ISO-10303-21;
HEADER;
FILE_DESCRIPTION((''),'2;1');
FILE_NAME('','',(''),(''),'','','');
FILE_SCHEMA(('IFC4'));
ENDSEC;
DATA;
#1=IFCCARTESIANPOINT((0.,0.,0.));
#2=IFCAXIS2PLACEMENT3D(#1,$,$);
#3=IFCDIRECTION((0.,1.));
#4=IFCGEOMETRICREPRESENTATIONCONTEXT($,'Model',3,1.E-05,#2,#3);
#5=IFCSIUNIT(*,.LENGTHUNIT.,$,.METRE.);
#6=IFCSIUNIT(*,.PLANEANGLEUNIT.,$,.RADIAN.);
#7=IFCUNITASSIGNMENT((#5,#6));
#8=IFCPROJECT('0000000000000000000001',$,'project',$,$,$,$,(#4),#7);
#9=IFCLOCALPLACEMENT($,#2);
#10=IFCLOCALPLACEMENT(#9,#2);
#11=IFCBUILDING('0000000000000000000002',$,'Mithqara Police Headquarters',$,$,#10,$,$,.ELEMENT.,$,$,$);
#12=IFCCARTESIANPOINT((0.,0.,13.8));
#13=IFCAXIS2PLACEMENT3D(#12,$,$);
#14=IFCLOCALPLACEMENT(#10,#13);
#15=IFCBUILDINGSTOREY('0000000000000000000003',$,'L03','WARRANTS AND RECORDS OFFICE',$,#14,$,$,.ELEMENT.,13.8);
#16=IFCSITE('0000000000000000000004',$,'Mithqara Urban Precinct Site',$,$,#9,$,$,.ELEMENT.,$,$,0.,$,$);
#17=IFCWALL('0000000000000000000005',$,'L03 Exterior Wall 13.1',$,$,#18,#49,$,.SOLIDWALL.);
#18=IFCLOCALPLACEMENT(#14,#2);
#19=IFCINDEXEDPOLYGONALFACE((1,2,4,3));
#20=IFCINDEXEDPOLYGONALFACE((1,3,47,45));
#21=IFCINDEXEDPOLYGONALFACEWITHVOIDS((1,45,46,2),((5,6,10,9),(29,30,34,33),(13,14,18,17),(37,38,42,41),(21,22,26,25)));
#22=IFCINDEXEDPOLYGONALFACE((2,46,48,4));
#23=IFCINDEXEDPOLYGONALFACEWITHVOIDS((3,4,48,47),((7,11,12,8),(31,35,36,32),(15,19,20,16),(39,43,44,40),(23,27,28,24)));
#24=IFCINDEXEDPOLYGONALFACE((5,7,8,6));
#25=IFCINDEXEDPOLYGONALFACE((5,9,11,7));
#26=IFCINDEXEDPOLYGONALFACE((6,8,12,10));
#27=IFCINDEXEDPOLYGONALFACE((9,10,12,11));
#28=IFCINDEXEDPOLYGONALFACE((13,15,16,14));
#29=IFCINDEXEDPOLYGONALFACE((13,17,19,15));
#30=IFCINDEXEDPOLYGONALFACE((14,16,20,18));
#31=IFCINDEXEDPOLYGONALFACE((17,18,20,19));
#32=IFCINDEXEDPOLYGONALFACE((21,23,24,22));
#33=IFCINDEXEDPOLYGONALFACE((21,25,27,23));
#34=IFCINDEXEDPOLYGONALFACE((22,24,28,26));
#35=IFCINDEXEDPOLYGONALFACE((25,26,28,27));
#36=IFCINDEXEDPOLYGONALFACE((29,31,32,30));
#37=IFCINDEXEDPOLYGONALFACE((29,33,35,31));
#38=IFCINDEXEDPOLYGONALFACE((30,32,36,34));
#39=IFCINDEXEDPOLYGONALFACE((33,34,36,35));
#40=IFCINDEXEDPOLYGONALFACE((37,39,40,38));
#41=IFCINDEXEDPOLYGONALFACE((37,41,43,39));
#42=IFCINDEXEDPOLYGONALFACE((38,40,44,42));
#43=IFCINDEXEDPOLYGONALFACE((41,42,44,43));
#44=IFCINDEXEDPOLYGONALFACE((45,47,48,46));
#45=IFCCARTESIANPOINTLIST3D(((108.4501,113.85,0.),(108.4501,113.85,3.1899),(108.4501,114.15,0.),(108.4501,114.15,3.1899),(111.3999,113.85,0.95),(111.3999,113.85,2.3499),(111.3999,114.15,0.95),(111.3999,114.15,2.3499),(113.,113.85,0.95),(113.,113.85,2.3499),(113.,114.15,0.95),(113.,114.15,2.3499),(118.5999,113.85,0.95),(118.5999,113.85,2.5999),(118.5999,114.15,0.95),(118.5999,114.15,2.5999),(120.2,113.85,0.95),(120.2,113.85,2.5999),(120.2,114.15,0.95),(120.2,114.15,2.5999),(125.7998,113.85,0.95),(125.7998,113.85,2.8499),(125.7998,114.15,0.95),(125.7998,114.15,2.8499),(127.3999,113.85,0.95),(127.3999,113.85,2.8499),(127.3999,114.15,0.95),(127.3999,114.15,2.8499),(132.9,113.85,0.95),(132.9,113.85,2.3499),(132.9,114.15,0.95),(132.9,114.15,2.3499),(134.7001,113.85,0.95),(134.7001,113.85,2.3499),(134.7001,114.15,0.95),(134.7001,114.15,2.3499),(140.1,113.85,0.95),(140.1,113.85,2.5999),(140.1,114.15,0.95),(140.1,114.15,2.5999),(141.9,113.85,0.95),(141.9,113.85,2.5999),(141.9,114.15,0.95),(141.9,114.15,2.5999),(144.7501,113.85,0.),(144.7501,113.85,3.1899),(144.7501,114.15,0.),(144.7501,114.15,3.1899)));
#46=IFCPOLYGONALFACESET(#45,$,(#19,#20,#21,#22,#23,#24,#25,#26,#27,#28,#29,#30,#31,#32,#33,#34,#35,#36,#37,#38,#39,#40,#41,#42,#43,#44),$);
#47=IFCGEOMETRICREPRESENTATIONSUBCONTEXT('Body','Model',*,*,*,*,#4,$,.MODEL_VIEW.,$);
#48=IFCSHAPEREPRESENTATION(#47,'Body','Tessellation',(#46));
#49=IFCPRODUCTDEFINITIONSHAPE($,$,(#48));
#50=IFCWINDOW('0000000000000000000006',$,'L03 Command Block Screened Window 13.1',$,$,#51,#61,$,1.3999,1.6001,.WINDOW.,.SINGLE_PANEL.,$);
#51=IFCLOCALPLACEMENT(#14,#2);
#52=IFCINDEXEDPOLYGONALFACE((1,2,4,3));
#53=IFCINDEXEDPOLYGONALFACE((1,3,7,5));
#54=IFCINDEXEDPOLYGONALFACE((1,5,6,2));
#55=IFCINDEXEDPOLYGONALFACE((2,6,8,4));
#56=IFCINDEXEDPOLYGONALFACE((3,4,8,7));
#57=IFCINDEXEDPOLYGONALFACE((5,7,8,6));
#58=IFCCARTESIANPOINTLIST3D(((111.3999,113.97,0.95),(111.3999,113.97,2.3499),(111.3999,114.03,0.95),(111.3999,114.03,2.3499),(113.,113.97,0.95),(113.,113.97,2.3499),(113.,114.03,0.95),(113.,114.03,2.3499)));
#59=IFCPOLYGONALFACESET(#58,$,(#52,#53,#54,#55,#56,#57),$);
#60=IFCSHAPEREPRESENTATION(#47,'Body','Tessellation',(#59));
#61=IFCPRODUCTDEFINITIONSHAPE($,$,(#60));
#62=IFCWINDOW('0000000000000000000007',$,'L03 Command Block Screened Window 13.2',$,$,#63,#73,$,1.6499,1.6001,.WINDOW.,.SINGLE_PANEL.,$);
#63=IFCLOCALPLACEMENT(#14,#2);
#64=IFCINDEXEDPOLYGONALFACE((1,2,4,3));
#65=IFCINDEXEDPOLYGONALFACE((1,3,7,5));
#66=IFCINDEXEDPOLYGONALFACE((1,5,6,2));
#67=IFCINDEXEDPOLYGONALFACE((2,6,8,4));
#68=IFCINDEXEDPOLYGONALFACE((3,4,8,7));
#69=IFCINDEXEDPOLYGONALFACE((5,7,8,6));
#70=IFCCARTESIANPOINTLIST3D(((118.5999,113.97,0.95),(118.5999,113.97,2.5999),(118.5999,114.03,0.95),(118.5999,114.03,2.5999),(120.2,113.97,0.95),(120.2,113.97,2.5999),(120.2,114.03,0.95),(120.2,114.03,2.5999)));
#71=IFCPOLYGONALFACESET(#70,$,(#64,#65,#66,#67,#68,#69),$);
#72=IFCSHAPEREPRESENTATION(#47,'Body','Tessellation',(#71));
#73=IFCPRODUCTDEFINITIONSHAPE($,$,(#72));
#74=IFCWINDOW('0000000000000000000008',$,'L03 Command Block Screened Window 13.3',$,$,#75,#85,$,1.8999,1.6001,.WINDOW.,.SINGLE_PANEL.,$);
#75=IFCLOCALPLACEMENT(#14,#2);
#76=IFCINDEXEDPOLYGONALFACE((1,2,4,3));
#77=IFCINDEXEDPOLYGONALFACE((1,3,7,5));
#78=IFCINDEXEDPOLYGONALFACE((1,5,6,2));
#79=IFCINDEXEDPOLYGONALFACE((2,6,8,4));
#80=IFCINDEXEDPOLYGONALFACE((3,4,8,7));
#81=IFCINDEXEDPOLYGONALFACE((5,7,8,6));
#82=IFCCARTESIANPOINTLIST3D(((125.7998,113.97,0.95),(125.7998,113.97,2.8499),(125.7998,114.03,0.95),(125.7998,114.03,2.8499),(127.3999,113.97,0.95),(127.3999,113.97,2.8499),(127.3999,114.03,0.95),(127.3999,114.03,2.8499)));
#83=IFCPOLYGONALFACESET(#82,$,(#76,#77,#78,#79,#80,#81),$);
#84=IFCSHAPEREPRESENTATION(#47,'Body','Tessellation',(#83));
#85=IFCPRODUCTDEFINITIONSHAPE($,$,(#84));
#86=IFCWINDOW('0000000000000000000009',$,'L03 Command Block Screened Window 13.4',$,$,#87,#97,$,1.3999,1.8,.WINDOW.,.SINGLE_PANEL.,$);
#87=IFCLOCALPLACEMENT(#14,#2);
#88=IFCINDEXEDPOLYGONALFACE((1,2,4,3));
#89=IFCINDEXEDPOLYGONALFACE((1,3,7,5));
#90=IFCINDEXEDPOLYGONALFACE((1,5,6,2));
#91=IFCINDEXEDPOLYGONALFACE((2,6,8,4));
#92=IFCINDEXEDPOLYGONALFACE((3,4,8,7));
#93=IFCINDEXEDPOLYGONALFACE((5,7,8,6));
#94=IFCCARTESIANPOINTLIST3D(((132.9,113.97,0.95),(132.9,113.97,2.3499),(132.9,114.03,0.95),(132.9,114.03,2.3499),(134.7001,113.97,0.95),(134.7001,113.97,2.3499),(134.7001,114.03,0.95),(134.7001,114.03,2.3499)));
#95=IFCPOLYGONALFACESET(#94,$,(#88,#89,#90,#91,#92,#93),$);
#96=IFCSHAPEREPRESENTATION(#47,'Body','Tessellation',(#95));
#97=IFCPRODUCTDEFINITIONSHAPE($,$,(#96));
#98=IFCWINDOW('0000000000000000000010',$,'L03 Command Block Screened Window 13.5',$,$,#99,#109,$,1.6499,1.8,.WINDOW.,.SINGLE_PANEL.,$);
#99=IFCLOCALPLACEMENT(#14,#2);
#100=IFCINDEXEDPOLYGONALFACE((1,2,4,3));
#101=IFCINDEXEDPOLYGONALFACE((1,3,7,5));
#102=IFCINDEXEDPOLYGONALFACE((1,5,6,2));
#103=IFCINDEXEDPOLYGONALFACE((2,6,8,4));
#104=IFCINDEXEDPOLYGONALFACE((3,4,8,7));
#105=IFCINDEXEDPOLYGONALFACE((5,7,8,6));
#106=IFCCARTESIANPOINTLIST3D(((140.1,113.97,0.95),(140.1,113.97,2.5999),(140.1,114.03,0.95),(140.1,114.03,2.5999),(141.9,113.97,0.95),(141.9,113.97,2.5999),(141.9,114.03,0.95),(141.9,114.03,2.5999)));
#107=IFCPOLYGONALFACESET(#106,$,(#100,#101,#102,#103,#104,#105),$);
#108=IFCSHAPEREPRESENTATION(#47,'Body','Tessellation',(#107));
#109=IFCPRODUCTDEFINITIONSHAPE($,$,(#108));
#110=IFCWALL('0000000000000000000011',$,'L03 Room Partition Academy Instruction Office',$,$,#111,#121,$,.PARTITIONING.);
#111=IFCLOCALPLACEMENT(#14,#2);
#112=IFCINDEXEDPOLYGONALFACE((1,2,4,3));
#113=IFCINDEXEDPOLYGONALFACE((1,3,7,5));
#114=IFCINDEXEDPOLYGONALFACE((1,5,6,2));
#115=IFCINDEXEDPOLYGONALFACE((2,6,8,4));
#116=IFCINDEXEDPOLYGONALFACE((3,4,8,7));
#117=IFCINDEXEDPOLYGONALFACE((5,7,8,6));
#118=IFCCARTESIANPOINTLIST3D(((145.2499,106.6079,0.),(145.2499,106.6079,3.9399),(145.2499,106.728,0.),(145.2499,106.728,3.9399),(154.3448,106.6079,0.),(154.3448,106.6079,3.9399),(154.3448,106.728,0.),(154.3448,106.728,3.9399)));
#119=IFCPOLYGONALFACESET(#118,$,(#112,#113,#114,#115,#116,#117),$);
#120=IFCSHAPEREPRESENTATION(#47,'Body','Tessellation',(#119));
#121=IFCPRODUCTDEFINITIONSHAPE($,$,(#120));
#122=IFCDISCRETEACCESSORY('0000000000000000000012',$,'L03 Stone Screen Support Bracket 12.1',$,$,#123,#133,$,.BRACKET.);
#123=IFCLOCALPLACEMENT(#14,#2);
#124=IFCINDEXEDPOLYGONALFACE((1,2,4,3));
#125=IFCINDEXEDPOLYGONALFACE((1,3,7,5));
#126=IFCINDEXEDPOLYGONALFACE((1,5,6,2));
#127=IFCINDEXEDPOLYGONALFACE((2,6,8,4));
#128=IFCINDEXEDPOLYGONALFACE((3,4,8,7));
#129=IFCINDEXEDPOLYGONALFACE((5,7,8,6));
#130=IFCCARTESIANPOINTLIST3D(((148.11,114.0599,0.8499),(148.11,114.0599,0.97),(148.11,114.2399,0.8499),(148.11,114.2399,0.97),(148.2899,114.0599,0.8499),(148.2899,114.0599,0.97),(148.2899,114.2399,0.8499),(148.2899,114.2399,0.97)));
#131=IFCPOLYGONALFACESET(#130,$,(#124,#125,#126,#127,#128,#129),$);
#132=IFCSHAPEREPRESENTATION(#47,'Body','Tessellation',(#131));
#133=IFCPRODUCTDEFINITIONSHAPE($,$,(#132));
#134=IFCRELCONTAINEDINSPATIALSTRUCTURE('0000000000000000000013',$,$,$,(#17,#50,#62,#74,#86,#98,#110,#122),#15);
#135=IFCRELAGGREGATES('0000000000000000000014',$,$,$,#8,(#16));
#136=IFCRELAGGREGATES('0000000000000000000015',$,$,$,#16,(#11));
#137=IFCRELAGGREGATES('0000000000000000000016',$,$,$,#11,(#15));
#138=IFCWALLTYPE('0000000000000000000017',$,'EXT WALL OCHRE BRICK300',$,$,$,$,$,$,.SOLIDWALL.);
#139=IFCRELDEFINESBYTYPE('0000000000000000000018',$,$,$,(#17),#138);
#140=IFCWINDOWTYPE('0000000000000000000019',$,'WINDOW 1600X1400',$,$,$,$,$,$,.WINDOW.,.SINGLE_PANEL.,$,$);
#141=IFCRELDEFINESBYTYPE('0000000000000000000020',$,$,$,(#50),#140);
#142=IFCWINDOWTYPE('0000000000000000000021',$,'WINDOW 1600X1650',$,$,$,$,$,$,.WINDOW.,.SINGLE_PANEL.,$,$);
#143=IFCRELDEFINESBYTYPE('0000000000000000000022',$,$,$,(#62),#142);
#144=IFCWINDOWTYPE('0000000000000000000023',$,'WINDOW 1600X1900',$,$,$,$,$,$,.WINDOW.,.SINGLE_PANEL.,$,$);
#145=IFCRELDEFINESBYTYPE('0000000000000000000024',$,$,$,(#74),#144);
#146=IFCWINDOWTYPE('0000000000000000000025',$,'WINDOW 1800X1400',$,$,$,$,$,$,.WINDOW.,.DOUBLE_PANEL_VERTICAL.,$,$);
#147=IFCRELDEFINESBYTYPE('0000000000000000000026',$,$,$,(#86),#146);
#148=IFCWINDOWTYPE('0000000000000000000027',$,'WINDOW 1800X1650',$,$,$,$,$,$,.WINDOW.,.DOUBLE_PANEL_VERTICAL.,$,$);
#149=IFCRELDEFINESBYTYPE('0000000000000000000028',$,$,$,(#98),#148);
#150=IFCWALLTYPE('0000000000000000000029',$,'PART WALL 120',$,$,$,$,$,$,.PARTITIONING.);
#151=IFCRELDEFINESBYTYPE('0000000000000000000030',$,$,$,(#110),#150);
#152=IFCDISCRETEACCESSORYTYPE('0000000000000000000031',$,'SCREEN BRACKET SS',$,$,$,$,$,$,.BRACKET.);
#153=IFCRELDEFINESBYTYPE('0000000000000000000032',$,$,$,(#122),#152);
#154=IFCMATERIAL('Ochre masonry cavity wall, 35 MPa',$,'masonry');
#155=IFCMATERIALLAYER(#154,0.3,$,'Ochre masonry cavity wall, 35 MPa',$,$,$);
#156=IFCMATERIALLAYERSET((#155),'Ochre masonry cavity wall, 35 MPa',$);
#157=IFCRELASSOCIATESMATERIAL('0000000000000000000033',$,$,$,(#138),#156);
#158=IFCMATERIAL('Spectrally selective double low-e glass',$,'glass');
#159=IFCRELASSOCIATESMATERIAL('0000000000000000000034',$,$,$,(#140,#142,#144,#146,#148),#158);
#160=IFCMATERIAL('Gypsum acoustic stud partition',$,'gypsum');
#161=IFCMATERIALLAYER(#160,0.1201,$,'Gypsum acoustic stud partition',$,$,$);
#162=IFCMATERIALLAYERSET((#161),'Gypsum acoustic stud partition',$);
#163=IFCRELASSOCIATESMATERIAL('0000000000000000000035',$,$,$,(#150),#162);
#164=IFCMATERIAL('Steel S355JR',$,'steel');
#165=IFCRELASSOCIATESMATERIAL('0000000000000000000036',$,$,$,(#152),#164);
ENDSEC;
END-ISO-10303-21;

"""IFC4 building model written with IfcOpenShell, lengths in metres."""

from ifc_helpers import new_model, si_unit, direction, frame, frame_2d, origin, origin_2d, place, context, subcontext, project, spatial, rectangle, extrude, material, layer, layer_set, type_object, element, fill, save


model = new_model("IFC4")

# Units and contexts
model_context = context("Model", 3, precision=1e-05, world=origin(), true_north=direction((0.0, 1.0)))
body_context = subcontext(model_context, "Body", "Model", "MODEL_VIEW")
ifc_project = project(units=[si_unit("LENGTHUNIT", "METRE"), si_unit("PLANEANGLEUNIT", "RADIAN")], contexts=[model_context])

# Site, building, storey
site_placement = place(None, origin())
site = spatial("IfcSite", under=ifc_project, at=site_placement, Name="Mithqara Urban Precinct Site", CompositionType="ELEMENT", RefElevation=0.0)
building_placement = place(site_placement, origin())
building = spatial("IfcBuilding", under=site, at=building_placement, Name="Mithqara Police Headquarters", CompositionType="ELEMENT")
storey_placement = place(building_placement, frame((0.0, 0.0, 13.8)))
storey = spatial("IfcBuildingStorey", under=building, at=storey_placement, Name="L03", Description="WARRANTS AND RECORDS OFFICE", CompositionType="ELEMENT", Elevation=13.8)

# Shared definitions
ifc_material_1 = material(Name="Steel S355JR", Category="steel")

# Wall, openings, windows
ifc_material_2 = material(Name="Ochre masonry cavity wall, 35 MPa", Category="masonry")
ifc_layer_1 = layer(ifc_material_2, 0.3, Name="Ochre masonry cavity wall, 35 MPa")
ifc_layer_set_1 = layer_set([ifc_layer_1], Name="Ochre masonry cavity wall, 35 MPa")
wall_type_1 = type_object("IfcWallType", Name="EXT WALL OCHRE BRICK300", PredefinedType="SOLIDWALL", material=ifc_layer_set_1)
wall_1_placement = place(storey_placement, frame((144.75, 114.0, 0.0), z_axis=(0.0, 0.0, 1.0), x_axis=(-1.0, 0.0, 0.0)))
wall_1 = element("IfcWall", 1, at=wall_1_placement, inside=storey, type_object=wall_type_1, Name="L03 Exterior Wall 13.1", PredefinedType="SOLIDWALL", context=body_context, shape_type="SweptSolid", body=[
    extrude(rectangle(XDim=36.3, YDim=0.3, at=frame_2d((18.1499, 0.0))), origin(), (0.0, 0.0, 1.0), 3.1899),
])
opening_1_placement = place(wall_1_placement, frame((31.75, 0.0, 0.95)))
opening_1 = element("IfcOpeningElement", 2, at=opening_1_placement, cuts=wall_1, PredefinedType="OPENING", context=body_context, shape_type="SweptSolid", body=[
    extrude(rectangle(XDim=1.6001, YDim=1.3999, at=frame_2d((0.8, 0.7))), frame((0.0, 0.1602, 0.0), z_axis=(0.0, -1.0, 0.0), x_axis=(1.0, 0.0, 0.0)), (0.0, 0.0, 1.0), 0.3201),
])
opening_2_placement = place(wall_1_placement, frame((24.55, 0.0, 0.95)))
opening_2 = element("IfcOpeningElement", 3, at=opening_2_placement, cuts=wall_1, PredefinedType="OPENING", context=body_context, shape_type="SweptSolid", body=[
    extrude(rectangle(XDim=1.6001, YDim=1.6499, at=frame_2d((0.8, 0.825))), frame((0.0, 0.1602, 0.0), z_axis=(0.0, -1.0, 0.0), x_axis=(1.0, 0.0, 0.0)), (0.0, 0.0, 1.0), 0.3201),
])
opening_3_placement = place(wall_1_placement, frame((17.3501, 0.0, 0.95)))
opening_3 = element("IfcOpeningElement", 4, at=opening_3_placement, cuts=wall_1, PredefinedType="OPENING", context=body_context, shape_type="SweptSolid", body=[
    extrude(rectangle(XDim=1.6001, YDim=1.8999, at=frame_2d((0.8, 0.95))), frame((0.0, 0.1602, 0.0), z_axis=(0.0, -1.0, 0.0), x_axis=(1.0, 0.0, 0.0)), (0.0, 0.0, 1.0), 0.3201),
])
opening_4_placement = place(wall_1_placement, frame((10.05, 0.0, 0.95)))
opening_4 = element("IfcOpeningElement", 5, at=opening_4_placement, cuts=wall_1, PredefinedType="OPENING", context=body_context, shape_type="SweptSolid", body=[
    extrude(rectangle(XDim=1.8, YDim=1.3999, at=frame_2d((0.8999, 0.7))), frame((0.0, 0.1602, 0.0), z_axis=(0.0, -1.0, 0.0), x_axis=(1.0, 0.0, 0.0)), (0.0, 0.0, 1.0), 0.3201),
])
opening_5_placement = place(wall_1_placement, frame((2.8501, 0.0, 0.95)))
opening_5 = element("IfcOpeningElement", 6, at=opening_5_placement, cuts=wall_1, PredefinedType="OPENING", context=body_context, shape_type="SweptSolid", body=[
    extrude(rectangle(XDim=1.8, YDim=1.6499, at=frame_2d((0.8999, 0.825))), frame((0.0, 0.1602, 0.0), z_axis=(0.0, -1.0, 0.0), x_axis=(1.0, 0.0, 0.0)), (0.0, 0.0, 1.0), 0.3201),
])
ifc_material_3 = material(Name="Spectrally selective double low-e glass", Category="glass")
window_type_1 = type_object("IfcWindowType", Name="WINDOW 1600X1400", PartitioningType="SINGLE_PANEL", PredefinedType="WINDOW", material=ifc_material_3)
window_1_placement = place(opening_1_placement, origin())
window_1 = element("IfcWindow", 7, at=window_1_placement, inside=storey, type_object=window_type_1, Name="L03 Command Block Screened Window 13.1", OverallHeight=1.3999, OverallWidth=1.6001, PartitioningType="SINGLE_PANEL", PredefinedType="WINDOW", context=body_context, shape_type="SweptSolid", body=[
    extrude(rectangle(XDim=1.6001, YDim=1.3999, at=frame_2d((0.8, 0.7))), frame((0.0, 0.03, 0.0), z_axis=(0.0, -1.0, 0.0), x_axis=(1.0, 0.0, 0.0)), (0.0, 0.0, 1.0), 0.0601),
])
fill(opening_1, window_1)
window_type_2 = type_object("IfcWindowType", Name="WINDOW 1600X1650", PartitioningType="SINGLE_PANEL", PredefinedType="WINDOW", material=ifc_material_3)
window_2_placement = place(opening_2_placement, origin())
window_2 = element("IfcWindow", 8, at=window_2_placement, inside=storey, type_object=window_type_2, Name="L03 Command Block Screened Window 13.2", OverallHeight=1.6499, OverallWidth=1.6001, PartitioningType="SINGLE_PANEL", PredefinedType="WINDOW", context=body_context, shape_type="SweptSolid", body=[
    extrude(rectangle(XDim=1.6001, YDim=1.6499, at=frame_2d((0.8, 0.825))), frame((0.0, 0.03, 0.0), z_axis=(0.0, -1.0, 0.0), x_axis=(1.0, 0.0, 0.0)), (0.0, 0.0, 1.0), 0.0601),
])
fill(opening_2, window_2)
window_type_3 = type_object("IfcWindowType", Name="WINDOW 1600X1900", PartitioningType="SINGLE_PANEL", PredefinedType="WINDOW", material=ifc_material_3)
window_3_placement = place(opening_3_placement, origin())
window_3 = element("IfcWindow", 9, at=window_3_placement, inside=storey, type_object=window_type_3, Name="L03 Command Block Screened Window 13.3", OverallHeight=1.8999, OverallWidth=1.6001, PartitioningType="SINGLE_PANEL", PredefinedType="WINDOW", context=body_context, shape_type="SweptSolid", body=[
    extrude(rectangle(XDim=1.6001, YDim=1.8999, at=frame_2d((0.8, 0.95))), frame((0.0, 0.03, 0.0), z_axis=(0.0, -1.0, 0.0), x_axis=(1.0, 0.0, 0.0)), (0.0, 0.0, 1.0), 0.0601),
])
fill(opening_3, window_3)
window_type_4 = type_object("IfcWindowType", Name="WINDOW 1800X1400", PartitioningType="DOUBLE_PANEL_VERTICAL", PredefinedType="WINDOW", material=ifc_material_3)
window_4_placement = place(opening_4_placement, origin())
window_4 = element("IfcWindow", 10, at=window_4_placement, inside=storey, type_object=window_type_4, Name="L03 Command Block Screened Window 13.4", OverallHeight=1.3999, OverallWidth=1.8, PartitioningType="SINGLE_PANEL", PredefinedType="WINDOW", context=body_context, shape_type="SweptSolid", body=[
    extrude(rectangle(XDim=1.8, YDim=1.3999, at=frame_2d((0.8999, 0.7))), frame((0.0, 0.03, 0.0), z_axis=(0.0, -1.0, 0.0), x_axis=(1.0, 0.0, 0.0)), (0.0, 0.0, 1.0), 0.0601),
])
fill(opening_4, window_4)
window_type_5 = type_object("IfcWindowType", Name="WINDOW 1800X1650", PartitioningType="DOUBLE_PANEL_VERTICAL", PredefinedType="WINDOW", material=ifc_material_3)
window_5_placement = place(opening_5_placement, origin())
window_5 = element("IfcWindow", 11, at=window_5_placement, inside=storey, type_object=window_type_5, Name="L03 Command Block Screened Window 13.5", OverallHeight=1.6499, OverallWidth=1.8, PartitioningType="SINGLE_PANEL", PredefinedType="WINDOW", context=body_context, shape_type="SweptSolid", body=[
    extrude(rectangle(XDim=1.8, YDim=1.6499, at=frame_2d((0.8999, 0.825))), frame((0.0, 0.03, 0.0), z_axis=(0.0, -1.0, 0.0), x_axis=(1.0, 0.0, 0.0)), (0.0, 0.0, 1.0), 0.0601),
])
fill(opening_5, window_5)

# Wall
ifc_material_4 = material(Name="Gypsum acoustic stud partition", Category="gypsum")
ifc_layer_2 = layer(ifc_material_4, 0.1201, Name="Gypsum acoustic stud partition")
ifc_layer_set_2 = layer_set([ifc_layer_2], Name="Gypsum acoustic stud partition")
wall_type_2 = type_object("IfcWallType", Name="PART WALL 120", PredefinedType="PARTITIONING", material=ifc_layer_set_2)
wall_2_placement = place(storey_placement, frame((145.25, 106.668, 0.0), z_axis=(0.0, 0.0, 1.0), x_axis=(1.0, 0.0, 0.0)))
element("IfcWall", 12, at=wall_2_placement, inside=storey, type_object=wall_type_2, Name="L03 Room Partition Academy Instruction Office", PredefinedType="PARTITIONING", context=body_context, shape_type="SweptSolid", body=[
    extrude(rectangle(XDim=9.095, YDim=0.1201, at=frame_2d((4.5474, 0.0))), origin(), (0.0, 0.0, 1.0), 3.9399),
])

# Discrete accessory
discrete_accessory_type = type_object("IfcDiscreteAccessoryType", Name="SCREEN BRACKET SS", PredefinedType="BRACKET", material=ifc_material_1)
discrete_accessory_placement = place(storey_placement, frame((148.2, 114.1499, 0.8499), z_axis=(0.0, 0.0, 1.0), x_axis=(1.0, 0.0, 0.0)))
element("IfcDiscreteAccessory", 13, at=discrete_accessory_placement, inside=storey, type_object=discrete_accessory_type, Name="L03 Stone Screen Support Bracket 12.1", PredefinedType="BRACKET", context=body_context, shape_type="SweptSolid", body=[
    extrude(rectangle(XDim=0.1799, YDim=0.1799, at=origin_2d()), origin(), (0.0, 0.0, 1.0), 0.1201),
])

save(model, "model.ifc")
